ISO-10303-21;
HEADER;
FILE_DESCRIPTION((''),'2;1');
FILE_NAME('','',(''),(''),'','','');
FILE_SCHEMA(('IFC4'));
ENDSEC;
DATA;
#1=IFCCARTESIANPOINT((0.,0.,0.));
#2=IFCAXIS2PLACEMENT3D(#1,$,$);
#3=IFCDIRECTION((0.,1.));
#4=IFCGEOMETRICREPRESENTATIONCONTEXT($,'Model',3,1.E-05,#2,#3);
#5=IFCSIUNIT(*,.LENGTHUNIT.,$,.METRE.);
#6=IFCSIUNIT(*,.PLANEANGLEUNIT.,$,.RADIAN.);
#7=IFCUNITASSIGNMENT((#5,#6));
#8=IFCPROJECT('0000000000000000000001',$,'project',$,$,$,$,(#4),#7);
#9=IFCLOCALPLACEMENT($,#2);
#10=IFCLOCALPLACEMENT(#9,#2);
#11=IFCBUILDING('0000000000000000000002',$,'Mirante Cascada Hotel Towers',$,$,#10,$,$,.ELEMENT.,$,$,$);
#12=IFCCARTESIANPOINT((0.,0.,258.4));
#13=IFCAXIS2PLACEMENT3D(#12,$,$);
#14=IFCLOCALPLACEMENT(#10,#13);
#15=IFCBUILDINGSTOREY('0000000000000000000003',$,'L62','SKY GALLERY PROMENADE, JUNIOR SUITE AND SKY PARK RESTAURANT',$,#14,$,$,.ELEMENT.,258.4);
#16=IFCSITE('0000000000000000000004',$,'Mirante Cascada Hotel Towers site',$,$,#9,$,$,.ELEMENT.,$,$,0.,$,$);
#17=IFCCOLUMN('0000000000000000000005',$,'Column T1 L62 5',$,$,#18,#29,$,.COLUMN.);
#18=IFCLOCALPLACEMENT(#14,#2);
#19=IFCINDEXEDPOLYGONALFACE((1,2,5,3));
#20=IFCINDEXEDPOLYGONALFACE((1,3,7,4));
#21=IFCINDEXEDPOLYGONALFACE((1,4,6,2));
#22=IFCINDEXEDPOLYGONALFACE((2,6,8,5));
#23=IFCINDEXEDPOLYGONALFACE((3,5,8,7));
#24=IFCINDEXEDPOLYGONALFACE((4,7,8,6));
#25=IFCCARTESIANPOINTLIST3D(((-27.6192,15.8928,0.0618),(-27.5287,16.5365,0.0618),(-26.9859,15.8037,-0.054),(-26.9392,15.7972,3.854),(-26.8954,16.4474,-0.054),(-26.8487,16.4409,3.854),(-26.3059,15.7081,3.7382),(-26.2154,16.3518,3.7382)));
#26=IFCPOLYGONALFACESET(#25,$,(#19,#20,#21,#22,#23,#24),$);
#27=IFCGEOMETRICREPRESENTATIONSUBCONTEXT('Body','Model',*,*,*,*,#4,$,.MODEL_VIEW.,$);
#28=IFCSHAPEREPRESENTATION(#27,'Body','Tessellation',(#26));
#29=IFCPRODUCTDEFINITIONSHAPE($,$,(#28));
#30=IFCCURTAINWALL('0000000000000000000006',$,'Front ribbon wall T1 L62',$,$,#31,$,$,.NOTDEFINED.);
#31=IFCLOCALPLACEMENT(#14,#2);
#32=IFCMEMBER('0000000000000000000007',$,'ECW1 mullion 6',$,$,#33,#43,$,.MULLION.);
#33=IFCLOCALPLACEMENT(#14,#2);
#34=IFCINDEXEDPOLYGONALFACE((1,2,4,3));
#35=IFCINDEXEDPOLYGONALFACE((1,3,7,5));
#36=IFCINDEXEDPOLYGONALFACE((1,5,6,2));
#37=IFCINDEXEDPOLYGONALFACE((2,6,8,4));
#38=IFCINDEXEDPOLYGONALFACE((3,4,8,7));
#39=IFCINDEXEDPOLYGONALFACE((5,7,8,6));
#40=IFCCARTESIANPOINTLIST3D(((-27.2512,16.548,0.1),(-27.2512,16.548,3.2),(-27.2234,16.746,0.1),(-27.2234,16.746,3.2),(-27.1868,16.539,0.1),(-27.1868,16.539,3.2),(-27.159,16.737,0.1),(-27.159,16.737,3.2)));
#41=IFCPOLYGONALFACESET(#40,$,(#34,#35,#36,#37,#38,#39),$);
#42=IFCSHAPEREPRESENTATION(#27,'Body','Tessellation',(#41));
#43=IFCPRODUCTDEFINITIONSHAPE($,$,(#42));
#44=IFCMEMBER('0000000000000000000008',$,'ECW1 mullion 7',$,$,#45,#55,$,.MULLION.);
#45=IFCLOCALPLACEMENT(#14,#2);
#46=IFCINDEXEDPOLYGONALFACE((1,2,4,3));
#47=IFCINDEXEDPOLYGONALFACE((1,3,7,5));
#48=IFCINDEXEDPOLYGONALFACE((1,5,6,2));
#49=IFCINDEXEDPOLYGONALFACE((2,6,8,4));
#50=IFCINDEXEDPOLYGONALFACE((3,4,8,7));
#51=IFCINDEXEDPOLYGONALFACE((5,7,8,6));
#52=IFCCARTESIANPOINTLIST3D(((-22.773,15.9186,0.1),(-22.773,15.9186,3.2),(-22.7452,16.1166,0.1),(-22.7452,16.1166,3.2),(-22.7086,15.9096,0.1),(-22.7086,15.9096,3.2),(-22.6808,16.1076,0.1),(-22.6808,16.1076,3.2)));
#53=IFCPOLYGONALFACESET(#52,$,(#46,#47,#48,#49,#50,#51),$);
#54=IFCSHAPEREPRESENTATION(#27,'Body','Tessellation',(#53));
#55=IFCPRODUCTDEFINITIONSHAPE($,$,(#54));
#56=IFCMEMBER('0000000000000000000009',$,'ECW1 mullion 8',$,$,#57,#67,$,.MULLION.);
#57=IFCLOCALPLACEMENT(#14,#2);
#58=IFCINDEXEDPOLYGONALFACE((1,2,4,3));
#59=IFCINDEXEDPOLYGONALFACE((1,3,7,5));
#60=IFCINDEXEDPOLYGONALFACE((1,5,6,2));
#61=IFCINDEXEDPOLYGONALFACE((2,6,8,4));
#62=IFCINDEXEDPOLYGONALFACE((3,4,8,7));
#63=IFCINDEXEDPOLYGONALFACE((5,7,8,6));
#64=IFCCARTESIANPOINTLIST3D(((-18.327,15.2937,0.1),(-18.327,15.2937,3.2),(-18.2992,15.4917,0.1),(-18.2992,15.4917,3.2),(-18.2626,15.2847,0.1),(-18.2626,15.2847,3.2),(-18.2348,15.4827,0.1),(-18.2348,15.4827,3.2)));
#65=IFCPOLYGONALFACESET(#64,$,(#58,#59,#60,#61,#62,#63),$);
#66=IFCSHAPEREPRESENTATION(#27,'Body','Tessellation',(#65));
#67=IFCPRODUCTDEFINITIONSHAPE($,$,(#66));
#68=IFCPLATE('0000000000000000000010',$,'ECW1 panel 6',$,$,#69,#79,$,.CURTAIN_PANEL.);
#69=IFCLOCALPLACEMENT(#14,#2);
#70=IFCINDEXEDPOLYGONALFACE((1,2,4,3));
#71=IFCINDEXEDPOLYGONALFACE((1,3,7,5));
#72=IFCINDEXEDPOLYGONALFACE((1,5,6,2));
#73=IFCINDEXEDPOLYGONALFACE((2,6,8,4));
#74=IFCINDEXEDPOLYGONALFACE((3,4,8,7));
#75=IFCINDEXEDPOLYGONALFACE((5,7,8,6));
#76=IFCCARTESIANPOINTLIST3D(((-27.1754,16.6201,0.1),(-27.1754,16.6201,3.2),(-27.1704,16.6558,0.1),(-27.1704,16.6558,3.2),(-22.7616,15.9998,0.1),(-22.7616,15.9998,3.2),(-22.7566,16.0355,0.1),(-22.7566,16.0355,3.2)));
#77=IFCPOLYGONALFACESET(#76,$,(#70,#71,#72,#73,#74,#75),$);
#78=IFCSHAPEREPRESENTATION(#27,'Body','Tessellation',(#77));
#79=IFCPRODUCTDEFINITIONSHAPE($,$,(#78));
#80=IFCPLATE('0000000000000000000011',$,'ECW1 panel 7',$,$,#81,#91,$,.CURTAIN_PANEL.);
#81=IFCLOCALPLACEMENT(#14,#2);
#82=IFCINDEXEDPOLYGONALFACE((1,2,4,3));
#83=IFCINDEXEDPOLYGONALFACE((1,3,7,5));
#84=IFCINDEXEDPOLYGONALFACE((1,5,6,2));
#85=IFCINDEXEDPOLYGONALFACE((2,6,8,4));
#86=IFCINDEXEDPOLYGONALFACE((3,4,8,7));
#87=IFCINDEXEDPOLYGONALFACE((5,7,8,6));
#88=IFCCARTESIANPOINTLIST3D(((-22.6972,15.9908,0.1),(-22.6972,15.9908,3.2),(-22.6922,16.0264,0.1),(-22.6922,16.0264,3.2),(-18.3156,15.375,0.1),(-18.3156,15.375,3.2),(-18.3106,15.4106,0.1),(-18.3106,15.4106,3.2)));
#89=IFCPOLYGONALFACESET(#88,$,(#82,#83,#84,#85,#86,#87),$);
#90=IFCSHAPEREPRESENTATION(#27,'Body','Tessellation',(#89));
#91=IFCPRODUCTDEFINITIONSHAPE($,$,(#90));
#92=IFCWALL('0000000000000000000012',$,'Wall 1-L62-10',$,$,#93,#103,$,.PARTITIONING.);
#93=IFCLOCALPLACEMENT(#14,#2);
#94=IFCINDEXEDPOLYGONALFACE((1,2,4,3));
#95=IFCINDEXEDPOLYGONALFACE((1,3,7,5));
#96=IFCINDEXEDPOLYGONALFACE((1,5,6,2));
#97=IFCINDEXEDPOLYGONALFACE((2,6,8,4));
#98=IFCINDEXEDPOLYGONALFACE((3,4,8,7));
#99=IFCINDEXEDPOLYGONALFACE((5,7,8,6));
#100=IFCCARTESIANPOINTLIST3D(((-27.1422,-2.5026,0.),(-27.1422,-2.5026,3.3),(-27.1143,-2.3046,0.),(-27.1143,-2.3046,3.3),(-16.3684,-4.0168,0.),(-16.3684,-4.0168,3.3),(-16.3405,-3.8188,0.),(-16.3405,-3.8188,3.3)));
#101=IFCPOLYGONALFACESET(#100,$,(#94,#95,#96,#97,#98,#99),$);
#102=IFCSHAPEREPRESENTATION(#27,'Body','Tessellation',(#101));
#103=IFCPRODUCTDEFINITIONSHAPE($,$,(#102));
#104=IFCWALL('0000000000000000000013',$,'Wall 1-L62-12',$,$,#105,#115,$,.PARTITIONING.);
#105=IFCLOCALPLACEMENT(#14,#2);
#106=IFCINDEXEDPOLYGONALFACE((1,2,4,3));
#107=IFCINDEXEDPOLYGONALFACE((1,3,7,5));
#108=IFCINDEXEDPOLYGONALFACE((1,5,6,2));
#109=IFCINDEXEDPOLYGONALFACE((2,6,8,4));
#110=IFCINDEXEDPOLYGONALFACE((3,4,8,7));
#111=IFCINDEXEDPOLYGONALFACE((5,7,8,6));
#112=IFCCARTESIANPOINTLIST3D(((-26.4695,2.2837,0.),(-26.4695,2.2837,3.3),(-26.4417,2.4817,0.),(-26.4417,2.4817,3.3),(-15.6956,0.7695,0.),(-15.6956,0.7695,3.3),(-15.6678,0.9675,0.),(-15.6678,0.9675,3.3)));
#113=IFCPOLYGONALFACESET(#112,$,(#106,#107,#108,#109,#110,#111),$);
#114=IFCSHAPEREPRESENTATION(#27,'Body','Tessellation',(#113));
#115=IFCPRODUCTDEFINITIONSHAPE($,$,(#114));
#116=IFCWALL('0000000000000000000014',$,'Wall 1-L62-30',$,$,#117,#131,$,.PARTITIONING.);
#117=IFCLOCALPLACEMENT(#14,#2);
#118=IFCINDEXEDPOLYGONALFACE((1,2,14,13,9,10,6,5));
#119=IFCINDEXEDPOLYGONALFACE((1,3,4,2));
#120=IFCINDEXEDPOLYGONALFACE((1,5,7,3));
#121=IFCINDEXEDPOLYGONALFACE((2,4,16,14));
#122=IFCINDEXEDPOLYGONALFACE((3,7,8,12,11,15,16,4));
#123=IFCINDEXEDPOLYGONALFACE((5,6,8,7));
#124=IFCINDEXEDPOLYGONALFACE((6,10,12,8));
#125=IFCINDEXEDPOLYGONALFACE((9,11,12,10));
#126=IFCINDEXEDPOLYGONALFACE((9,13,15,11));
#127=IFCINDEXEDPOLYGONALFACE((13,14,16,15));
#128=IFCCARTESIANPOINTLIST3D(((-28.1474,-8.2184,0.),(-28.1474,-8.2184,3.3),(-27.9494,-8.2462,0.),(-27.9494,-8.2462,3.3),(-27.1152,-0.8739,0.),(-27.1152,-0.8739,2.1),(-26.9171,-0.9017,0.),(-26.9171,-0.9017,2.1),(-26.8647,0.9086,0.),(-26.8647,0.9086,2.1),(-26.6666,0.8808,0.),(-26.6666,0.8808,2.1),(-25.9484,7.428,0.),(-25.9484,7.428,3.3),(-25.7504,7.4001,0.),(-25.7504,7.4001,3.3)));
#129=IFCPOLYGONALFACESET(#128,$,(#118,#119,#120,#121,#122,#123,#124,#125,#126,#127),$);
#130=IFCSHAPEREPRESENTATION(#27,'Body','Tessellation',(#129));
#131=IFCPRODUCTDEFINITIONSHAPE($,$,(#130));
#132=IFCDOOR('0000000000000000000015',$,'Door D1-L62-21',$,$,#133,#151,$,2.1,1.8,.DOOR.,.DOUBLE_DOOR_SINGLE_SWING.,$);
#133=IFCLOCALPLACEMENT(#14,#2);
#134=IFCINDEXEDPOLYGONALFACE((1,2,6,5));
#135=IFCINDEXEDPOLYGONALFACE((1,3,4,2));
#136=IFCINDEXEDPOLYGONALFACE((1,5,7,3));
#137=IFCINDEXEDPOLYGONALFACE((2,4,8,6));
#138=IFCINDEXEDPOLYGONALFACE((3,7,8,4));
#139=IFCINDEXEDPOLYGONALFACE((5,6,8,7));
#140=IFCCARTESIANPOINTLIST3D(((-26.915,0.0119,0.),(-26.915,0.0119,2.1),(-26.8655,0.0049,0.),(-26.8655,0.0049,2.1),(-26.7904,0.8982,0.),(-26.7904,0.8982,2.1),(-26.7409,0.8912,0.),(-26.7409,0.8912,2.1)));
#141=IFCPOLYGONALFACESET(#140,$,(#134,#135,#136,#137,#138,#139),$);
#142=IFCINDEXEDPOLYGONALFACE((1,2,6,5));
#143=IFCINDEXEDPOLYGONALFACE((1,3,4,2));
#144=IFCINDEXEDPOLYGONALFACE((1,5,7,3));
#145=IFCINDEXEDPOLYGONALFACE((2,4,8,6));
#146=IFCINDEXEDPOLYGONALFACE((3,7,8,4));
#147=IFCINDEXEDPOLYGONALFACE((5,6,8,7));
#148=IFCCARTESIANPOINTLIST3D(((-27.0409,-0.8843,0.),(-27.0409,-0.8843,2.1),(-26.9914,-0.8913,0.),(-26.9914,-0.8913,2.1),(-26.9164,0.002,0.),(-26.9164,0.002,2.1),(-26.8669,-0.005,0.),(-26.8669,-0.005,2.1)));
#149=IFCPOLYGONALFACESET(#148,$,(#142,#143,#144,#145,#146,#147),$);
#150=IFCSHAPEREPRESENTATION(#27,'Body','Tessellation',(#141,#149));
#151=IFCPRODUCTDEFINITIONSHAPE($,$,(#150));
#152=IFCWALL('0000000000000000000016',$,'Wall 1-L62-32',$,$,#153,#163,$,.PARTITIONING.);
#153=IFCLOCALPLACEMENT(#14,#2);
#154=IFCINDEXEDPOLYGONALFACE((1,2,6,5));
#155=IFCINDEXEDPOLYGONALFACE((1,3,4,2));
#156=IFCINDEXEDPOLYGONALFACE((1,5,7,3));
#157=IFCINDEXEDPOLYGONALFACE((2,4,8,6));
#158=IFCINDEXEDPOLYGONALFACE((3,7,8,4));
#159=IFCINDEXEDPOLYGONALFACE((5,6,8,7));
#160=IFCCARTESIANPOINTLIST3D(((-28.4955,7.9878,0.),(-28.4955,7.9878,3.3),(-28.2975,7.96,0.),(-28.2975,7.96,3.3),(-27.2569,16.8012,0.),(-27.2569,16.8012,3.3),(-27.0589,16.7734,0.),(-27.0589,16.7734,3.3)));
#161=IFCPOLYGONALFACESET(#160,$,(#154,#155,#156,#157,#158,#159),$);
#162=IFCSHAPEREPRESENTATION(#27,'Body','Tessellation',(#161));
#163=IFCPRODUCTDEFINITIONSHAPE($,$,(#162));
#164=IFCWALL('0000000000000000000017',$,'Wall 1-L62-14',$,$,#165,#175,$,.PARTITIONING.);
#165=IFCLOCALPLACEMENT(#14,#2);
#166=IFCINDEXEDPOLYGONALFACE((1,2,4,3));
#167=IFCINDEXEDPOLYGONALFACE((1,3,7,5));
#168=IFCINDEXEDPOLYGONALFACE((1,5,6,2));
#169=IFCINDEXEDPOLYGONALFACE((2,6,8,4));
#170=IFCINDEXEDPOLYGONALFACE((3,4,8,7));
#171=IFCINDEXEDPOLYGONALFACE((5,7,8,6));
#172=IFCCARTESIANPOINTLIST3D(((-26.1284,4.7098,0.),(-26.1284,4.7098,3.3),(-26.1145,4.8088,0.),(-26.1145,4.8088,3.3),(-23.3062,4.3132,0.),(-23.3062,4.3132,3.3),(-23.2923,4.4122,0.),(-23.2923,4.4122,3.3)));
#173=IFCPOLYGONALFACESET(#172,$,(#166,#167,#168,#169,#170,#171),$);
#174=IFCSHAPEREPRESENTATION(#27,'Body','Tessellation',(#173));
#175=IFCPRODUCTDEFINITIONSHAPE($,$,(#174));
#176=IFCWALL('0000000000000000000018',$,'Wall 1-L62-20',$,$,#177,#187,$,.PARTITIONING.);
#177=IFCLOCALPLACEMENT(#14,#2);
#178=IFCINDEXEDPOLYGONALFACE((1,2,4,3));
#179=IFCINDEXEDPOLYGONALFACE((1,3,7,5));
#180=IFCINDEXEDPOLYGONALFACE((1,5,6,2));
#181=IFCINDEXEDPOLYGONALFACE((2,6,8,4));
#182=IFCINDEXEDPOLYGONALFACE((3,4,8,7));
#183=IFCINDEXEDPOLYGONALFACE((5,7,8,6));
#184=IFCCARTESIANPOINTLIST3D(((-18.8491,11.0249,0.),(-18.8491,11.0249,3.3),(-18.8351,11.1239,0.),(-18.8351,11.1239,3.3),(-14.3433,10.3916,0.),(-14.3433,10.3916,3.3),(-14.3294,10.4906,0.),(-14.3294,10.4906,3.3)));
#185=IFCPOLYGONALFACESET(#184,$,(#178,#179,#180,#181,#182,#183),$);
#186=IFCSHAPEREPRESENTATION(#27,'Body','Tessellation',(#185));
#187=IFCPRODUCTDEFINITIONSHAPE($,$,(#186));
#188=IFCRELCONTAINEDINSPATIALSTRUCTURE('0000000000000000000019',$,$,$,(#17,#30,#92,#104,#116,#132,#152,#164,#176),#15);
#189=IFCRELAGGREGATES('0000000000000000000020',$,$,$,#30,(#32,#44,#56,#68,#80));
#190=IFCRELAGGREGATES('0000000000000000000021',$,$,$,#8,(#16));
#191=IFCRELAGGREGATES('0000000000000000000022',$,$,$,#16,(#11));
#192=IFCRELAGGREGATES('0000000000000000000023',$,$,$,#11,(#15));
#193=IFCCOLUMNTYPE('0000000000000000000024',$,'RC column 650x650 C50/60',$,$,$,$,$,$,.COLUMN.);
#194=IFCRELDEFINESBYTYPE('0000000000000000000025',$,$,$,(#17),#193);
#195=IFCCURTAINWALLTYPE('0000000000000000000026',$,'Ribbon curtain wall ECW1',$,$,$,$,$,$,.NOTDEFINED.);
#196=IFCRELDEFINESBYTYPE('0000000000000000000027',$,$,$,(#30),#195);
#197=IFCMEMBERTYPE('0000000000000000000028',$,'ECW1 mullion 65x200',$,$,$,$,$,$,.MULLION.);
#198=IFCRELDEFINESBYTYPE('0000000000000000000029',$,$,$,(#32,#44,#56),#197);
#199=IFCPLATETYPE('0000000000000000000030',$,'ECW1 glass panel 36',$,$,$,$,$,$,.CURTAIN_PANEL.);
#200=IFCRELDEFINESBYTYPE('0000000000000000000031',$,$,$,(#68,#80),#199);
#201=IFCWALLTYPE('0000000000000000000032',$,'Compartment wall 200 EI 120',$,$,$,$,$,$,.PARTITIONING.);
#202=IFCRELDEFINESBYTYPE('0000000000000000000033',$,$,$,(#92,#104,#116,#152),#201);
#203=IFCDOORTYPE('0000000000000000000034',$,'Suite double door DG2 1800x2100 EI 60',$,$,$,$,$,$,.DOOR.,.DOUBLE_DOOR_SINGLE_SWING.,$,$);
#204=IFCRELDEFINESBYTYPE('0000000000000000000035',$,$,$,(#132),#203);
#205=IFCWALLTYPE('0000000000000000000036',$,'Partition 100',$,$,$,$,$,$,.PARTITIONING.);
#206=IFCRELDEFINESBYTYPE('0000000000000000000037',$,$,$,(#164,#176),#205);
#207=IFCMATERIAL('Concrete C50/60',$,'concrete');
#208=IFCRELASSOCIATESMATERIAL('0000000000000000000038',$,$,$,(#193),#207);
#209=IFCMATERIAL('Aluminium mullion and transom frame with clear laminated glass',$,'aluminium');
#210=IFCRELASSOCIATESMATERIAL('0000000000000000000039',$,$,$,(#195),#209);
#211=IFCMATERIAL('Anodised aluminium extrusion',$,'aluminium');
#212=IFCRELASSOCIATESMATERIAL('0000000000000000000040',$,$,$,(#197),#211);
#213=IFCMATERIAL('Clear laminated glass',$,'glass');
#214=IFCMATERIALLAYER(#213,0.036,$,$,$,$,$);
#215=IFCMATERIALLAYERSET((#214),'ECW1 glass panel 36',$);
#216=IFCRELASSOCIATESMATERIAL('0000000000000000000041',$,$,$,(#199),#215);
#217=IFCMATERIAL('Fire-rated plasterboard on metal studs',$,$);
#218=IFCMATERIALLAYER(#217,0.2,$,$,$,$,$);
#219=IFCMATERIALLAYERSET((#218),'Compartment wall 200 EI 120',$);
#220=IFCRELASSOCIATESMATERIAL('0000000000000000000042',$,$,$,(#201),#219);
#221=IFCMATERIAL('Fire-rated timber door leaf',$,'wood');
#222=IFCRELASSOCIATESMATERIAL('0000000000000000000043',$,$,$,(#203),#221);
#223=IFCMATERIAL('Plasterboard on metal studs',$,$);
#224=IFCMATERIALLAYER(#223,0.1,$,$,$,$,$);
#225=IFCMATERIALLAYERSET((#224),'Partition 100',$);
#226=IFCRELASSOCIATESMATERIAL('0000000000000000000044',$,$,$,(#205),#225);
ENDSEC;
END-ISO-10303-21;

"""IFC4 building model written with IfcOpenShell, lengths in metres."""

from ifc_helpers import new_model, si_unit, direction, frame, frame_2d, origin, origin_2d, place, context, subcontext, project, spatial, rectangle, extrude, material, layer, layer_set, material_profile, profile_set, type_object, element, fill, aggregate, save


model = new_model("IFC4")

# Units and contexts
model_context = context("Model", 3, precision=1e-05, world=origin(), true_north=direction((0.0, 1.0)))
body_context = subcontext(model_context, "Body", "Model", "MODEL_VIEW")
ifc_project = project(units=[si_unit("LENGTHUNIT", "METRE"), si_unit("PLANEANGLEUNIT", "RADIAN")], contexts=[model_context])

# Site, building, storey
site_placement = place(None, origin())
site = spatial("IfcSite", under=ifc_project, at=site_placement, Name="Mirante Cascada Hotel Towers site", CompositionType="ELEMENT", RefElevation=0.0)
building_placement = place(site_placement, origin())
building = spatial("IfcBuilding", under=site, at=building_placement, Name="Mirante Cascada Hotel Towers", CompositionType="ELEMENT")
storey_placement = place(building_placement, frame((0.0, 0.0, 258.4)))
storey = spatial("IfcBuildingStorey", under=building, at=storey_placement, Name="L62", Description="SKY GALLERY PROMENADE, JUNIOR SUITE AND SKY PARK RESTAURANT", CompositionType="ELEMENT", Elevation=258.4)

# Column
ifc_material_1 = material(Name="Concrete C50/60", Category="concrete")
ifc_material_profile_1 = material_profile(ifc_material_1, rectangle(XDim=0.65, YDim=0.65, at=origin_2d()), Name="RC column 650x650 C50/60")
ifc_profile_set_1 = profile_set([ifc_material_profile_1], Name="Concrete C50/60")
column_type = type_object("IfcColumnType", Name="RC column 650x650 C50/60", PredefinedType="COLUMN", material=ifc_profile_set_1)
column_placement = place(storey_placement, frame((-27.2573, 16.1701, 0.0039), z_axis=(0.176446, -0.024806, 0.983998), x_axis=(0.139219, 0.990262, 0.0)))
element("IfcColumn", 1, at=column_placement, inside=storey, type_object=column_type, Name="Column T1 L62 5", PredefinedType="COLUMN", context=body_context, shape_type="SweptSolid", body=[
    extrude(rectangle(XDim=0.65, YDim=0.65, at=origin_2d()), origin(), (0.0, 0.0, 1.0), 3.8539),
])

# Curtain wall, members, plates
ifc_material_2 = material(Name="Aluminium mullion and transom frame with clear laminated glass", Category="aluminium")
curtain_wall_type = type_object("IfcCurtainWallType", Name="Ribbon curtain wall ECW1", PredefinedType="NOTDEFINED", material=ifc_material_2)
curtain_wall_placement = place(storey_placement, origin())
curtain_wall = element("IfcCurtainWall", 2, at=curtain_wall_placement, inside=storey, type_object=curtain_wall_type, Name="Front ribbon wall T1 L62", PredefinedType="NOTDEFINED")
ifc_material_3 = material(Name="Anodised aluminium extrusion", Category="aluminium")
ifc_material_profile_2 = material_profile(ifc_material_3, rectangle(XDim=0.2, YDim=0.065, at=origin_2d()), Name="ECW1 MULLION 65x200")
ifc_profile_set_2 = profile_set([ifc_material_profile_2], Name="Anodised aluminium extrusion")
member_type = type_object("IfcMemberType", Name="ECW1 mullion 65x200", PredefinedType="MULLION", material=ifc_profile_set_2)
member_1_placement = place(storey_placement, frame((-27.2051, 16.6425, 0.1), z_axis=(0.0, 0.0, 1.0), x_axis=(0.139173, 0.990268, 0.0)))
member_1 = element("IfcMember", 3, at=member_1_placement, type_object=member_type, Name="ECW1 mullion 6", PredefinedType="MULLION", context=body_context, shape_type="SweptSolid", body=[
    extrude(rectangle(XDim=0.2, YDim=0.065, at=origin_2d()), origin(), (0.0, 0.0, 1.0), 3.1),
])
member_2_placement = place(storey_placement, frame((-22.7269, 16.0131, 0.1), z_axis=(0.0, 0.0, 1.0), x_axis=(0.139173, 0.990268, 0.0)))
member_2 = element("IfcMember", 4, at=member_2_placement, type_object=member_type, Name="ECW1 mullion 7", PredefinedType="MULLION", context=body_context, shape_type="SweptSolid", body=[
    extrude(rectangle(XDim=0.2, YDim=0.065, at=origin_2d()), origin(), (0.0, 0.0, 1.0), 3.1),
])
member_3_placement = place(storey_placement, frame((-18.2809, 15.3882, 0.1), z_axis=(0.0, 0.0, 1.0), x_axis=(0.139173, 0.990268, 0.0)))
member_3 = element("IfcMember", 5, at=member_3_placement, type_object=member_type, Name="ECW1 mullion 8", PredefinedType="MULLION", context=body_context, shape_type="SweptSolid", body=[
    extrude(rectangle(XDim=0.2, YDim=0.065, at=origin_2d()), origin(), (0.0, 0.0, 1.0), 3.1),
])
ifc_material_4 = material(Name="Clear laminated glass", Category="glass")
ifc_layer_1 = layer(ifc_material_4, 0.036)
ifc_layer_set_1 = layer_set([ifc_layer_1], Name="ECW1 glass panel 36")
plate_type = type_object("IfcPlateType", Name="ECW1 glass panel 36", PredefinedType="CURTAIN_PANEL", material=ifc_layer_set_1)
plate_1_placement = place(storey_placement, frame((-24.966, 16.3278, 0.1), z_axis=(0.0, 0.0, 1.0), x_axis=(0.990268, -0.139173, 0.0)))
plate_1 = element("IfcPlate", 6, at=plate_1_placement, type_object=plate_type, Name="ECW1 panel 6", PredefinedType="CURTAIN_PANEL", context=body_context, shape_type="SweptSolid", body=[
    extrude(rectangle(XDim=4.4572, YDim=0.036, at=origin_2d()), origin(), (0.0, 0.0, 1.0), 3.1),
])
plate_2_placement = place(storey_placement, frame((-20.5039, 15.7007, 0.1), z_axis=(0.0, 0.0, 1.0), x_axis=(0.990268, -0.139173, 0.0)))
plate_2 = element("IfcPlate", 7, at=plate_2_placement, type_object=plate_type, Name="ECW1 panel 7", PredefinedType="CURTAIN_PANEL", context=body_context, shape_type="SweptSolid", body=[
    extrude(rectangle(XDim=4.4247, YDim=0.036, at=origin_2d()), origin(), (0.0, 0.0, 1.0), 3.1),
])
aggregate(curtain_wall, [member_1, member_2, member_3, plate_1, plate_2])

# Walls
ifc_material_5 = material(Name="Fire-rated plasterboard on metal studs")
ifc_layer_2 = layer(ifc_material_5, 0.2)
ifc_layer_set_2 = layer_set([ifc_layer_2], Name="Compartment wall 200 EI 120")
wall_type_1 = type_object("IfcWallType", Name="Compartment wall 200 EI 120", PredefinedType="PARTITIONING", material=ifc_layer_set_2)
wall_1_placement = place(storey_placement, frame((-27.1282, -2.4036, 0.0), z_axis=(0.0, 0.0, 1.0), x_axis=(0.990267, -0.139177, 0.0)))
element("IfcWall", 8, at=wall_1_placement, inside=storey, type_object=wall_type_1, Name="Wall 1-L62-10", PredefinedType="PARTITIONING", context=body_context, shape_type="SweptSolid", body=[
    extrude(rectangle(XDim=10.8797, YDim=0.2, at=frame_2d((5.4398, 0.0))), origin(), (0.0, 0.0, 1.0), 3.3),
])
wall_2_placement = place(storey_placement, frame((-26.4556, 2.3827, 0.0), z_axis=(0.0, 0.0, 1.0), x_axis=(0.990268, -0.139176, 0.0)))
element("IfcWall", 9, at=wall_2_placement, inside=storey, type_object=wall_type_1, Name="Wall 1-L62-12", PredefinedType="PARTITIONING", context=body_context, shape_type="SweptSolid", body=[
    extrude(rectangle(XDim=10.8798, YDim=0.2, at=frame_2d((5.4399, 0.0))), origin(), (0.0, 0.0, 1.0), 3.3),
])

# Wall, opening, door
wall_3_placement = place(storey_placement, frame((-25.8494, 7.414, 0.0), z_axis=(0.0, 0.0, 1.0), x_axis=(-0.139177, -0.990268, 0.0)))
wall_3 = element("IfcWall", 10, at=wall_3_placement, inside=storey, type_object=wall_type_1, Name="Wall 1-L62-30", PredefinedType="PARTITIONING", context=body_context, shape_type="SweptSolid", body=[
    extrude(rectangle(XDim=15.8001, YDim=0.2, at=frame_2d((7.9, 0.0))), origin(), (0.0, 0.0, 1.0), 3.3),
])
opening_1_placement = place(wall_3_placement, frame((6.5834, 0.0, 0.0)))
opening_1 = element("IfcOpeningElement", 11, at=opening_1_placement, cuts=wall_3, PredefinedType="OPENING", context=body_context, shape_type="SweptSolid", body=[
    extrude(rectangle(XDim=1.8, YDim=2.1, at=frame_2d((0.9, 1.05))), frame((0.0, 0.1, 0.0), z_axis=(0.0, -1.0, 0.0), x_axis=(1.0, 0.0, 0.0)), (0.0, 0.0, 1.0), 0.2),
])
ifc_material_6 = material(Name="Fire-rated timber door leaf", Category="wood")
door_type_1 = type_object("IfcDoorType", Name="Suite double door DG2 1800x2100 EI 60", OperationType="DOUBLE_DOOR_SINGLE_SWING", PredefinedType="DOOR", material=ifc_material_6)
door_1_placement = place(opening_1_placement, origin())
door_1 = element("IfcDoor", 12, at=door_1_placement, inside=storey, type_object=door_type_1, Name="Door D1-L62-21", OperationType="DOUBLE_DOOR_SINGLE_SWING", OverallHeight=2.1, OverallWidth=1.8, PredefinedType="DOOR", context=body_context, shape_type="SweptSolid", body=[
    extrude(rectangle(XDim=0.895, YDim=2.1, at=frame_2d((0.4475, 1.05))), frame((0.0, 0.025, 0.0), z_axis=(0.0, -1.0, 0.0), x_axis=(1.0, 0.0, 0.0)), (0.0, 0.0, 1.0), 0.05),
    extrude(rectangle(XDim=0.895, YDim=2.1, at=frame_2d((1.3525, 1.05))), frame((0.0, 0.025, 0.0), z_axis=(0.0, -1.0, 0.0), x_axis=(1.0, 0.0, 0.0)), (0.0, 0.0, 1.0), 0.05),
])
fill(opening_1, door_1)

# Walls
wall_4_placement = place(storey_placement, frame((-27.1579, 16.7873, 0.0), z_axis=(0.0, 0.0, 1.0), x_axis=(-0.139168, -0.990269, 0.0)))
element("IfcWall", 13, at=wall_4_placement, inside=storey, type_object=wall_type_1, Name="Wall 1-L62-32", PredefinedType="PARTITIONING", context=body_context, shape_type="SweptSolid", body=[
    extrude(rectangle(XDim=8.9, YDim=0.2, at=frame_2d((4.45, 0.0))), origin(), (0.0, 0.0, 1.0), 3.3),
])
ifc_material_7 = material(Name="Plasterboard on metal studs")
ifc_layer_3 = layer(ifc_material_7, 0.1)
ifc_layer_set_3 = layer_set([ifc_layer_3], Name="Partition 100")
wall_type_2 = type_object("IfcWallType", Name="Partition 100", PredefinedType="PARTITIONING", material=ifc_layer_set_3)
wall_5_placement = place(storey_placement, frame((-26.1215, 4.7593, 0.0), z_axis=(0.0, 0.0, 1.0), x_axis=(0.99027, -0.139161, 0.0)))
element("IfcWall", 14, at=wall_5_placement, inside=storey, type_object=wall_type_2, Name="Wall 1-L62-14", PredefinedType="PARTITIONING", context=body_context, shape_type="SweptSolid", body=[
    extrude(rectangle(XDim=2.8499, YDim=0.1, at=frame_2d((1.425, 0.0))), origin(), (0.0, 0.0, 1.0), 3.3),
])
wall_6_placement = place(storey_placement, frame((-18.8421, 11.0744, 0.0), z_axis=(0.0, 0.0, 1.0), x_axis=(0.990266, -0.139187, 0.0)))
element("IfcWall", 15, at=wall_6_placement, inside=storey, type_object=wall_type_2, Name="Wall 1-L62-20", PredefinedType="PARTITIONING", context=body_context, shape_type="SweptSolid", body=[
    extrude(rectangle(XDim=4.55, YDim=0.1, at=frame_2d((2.275, 0.0))), origin(), (0.0, 0.0, 1.0), 3.3),
])

save(model, "model.ifc")
